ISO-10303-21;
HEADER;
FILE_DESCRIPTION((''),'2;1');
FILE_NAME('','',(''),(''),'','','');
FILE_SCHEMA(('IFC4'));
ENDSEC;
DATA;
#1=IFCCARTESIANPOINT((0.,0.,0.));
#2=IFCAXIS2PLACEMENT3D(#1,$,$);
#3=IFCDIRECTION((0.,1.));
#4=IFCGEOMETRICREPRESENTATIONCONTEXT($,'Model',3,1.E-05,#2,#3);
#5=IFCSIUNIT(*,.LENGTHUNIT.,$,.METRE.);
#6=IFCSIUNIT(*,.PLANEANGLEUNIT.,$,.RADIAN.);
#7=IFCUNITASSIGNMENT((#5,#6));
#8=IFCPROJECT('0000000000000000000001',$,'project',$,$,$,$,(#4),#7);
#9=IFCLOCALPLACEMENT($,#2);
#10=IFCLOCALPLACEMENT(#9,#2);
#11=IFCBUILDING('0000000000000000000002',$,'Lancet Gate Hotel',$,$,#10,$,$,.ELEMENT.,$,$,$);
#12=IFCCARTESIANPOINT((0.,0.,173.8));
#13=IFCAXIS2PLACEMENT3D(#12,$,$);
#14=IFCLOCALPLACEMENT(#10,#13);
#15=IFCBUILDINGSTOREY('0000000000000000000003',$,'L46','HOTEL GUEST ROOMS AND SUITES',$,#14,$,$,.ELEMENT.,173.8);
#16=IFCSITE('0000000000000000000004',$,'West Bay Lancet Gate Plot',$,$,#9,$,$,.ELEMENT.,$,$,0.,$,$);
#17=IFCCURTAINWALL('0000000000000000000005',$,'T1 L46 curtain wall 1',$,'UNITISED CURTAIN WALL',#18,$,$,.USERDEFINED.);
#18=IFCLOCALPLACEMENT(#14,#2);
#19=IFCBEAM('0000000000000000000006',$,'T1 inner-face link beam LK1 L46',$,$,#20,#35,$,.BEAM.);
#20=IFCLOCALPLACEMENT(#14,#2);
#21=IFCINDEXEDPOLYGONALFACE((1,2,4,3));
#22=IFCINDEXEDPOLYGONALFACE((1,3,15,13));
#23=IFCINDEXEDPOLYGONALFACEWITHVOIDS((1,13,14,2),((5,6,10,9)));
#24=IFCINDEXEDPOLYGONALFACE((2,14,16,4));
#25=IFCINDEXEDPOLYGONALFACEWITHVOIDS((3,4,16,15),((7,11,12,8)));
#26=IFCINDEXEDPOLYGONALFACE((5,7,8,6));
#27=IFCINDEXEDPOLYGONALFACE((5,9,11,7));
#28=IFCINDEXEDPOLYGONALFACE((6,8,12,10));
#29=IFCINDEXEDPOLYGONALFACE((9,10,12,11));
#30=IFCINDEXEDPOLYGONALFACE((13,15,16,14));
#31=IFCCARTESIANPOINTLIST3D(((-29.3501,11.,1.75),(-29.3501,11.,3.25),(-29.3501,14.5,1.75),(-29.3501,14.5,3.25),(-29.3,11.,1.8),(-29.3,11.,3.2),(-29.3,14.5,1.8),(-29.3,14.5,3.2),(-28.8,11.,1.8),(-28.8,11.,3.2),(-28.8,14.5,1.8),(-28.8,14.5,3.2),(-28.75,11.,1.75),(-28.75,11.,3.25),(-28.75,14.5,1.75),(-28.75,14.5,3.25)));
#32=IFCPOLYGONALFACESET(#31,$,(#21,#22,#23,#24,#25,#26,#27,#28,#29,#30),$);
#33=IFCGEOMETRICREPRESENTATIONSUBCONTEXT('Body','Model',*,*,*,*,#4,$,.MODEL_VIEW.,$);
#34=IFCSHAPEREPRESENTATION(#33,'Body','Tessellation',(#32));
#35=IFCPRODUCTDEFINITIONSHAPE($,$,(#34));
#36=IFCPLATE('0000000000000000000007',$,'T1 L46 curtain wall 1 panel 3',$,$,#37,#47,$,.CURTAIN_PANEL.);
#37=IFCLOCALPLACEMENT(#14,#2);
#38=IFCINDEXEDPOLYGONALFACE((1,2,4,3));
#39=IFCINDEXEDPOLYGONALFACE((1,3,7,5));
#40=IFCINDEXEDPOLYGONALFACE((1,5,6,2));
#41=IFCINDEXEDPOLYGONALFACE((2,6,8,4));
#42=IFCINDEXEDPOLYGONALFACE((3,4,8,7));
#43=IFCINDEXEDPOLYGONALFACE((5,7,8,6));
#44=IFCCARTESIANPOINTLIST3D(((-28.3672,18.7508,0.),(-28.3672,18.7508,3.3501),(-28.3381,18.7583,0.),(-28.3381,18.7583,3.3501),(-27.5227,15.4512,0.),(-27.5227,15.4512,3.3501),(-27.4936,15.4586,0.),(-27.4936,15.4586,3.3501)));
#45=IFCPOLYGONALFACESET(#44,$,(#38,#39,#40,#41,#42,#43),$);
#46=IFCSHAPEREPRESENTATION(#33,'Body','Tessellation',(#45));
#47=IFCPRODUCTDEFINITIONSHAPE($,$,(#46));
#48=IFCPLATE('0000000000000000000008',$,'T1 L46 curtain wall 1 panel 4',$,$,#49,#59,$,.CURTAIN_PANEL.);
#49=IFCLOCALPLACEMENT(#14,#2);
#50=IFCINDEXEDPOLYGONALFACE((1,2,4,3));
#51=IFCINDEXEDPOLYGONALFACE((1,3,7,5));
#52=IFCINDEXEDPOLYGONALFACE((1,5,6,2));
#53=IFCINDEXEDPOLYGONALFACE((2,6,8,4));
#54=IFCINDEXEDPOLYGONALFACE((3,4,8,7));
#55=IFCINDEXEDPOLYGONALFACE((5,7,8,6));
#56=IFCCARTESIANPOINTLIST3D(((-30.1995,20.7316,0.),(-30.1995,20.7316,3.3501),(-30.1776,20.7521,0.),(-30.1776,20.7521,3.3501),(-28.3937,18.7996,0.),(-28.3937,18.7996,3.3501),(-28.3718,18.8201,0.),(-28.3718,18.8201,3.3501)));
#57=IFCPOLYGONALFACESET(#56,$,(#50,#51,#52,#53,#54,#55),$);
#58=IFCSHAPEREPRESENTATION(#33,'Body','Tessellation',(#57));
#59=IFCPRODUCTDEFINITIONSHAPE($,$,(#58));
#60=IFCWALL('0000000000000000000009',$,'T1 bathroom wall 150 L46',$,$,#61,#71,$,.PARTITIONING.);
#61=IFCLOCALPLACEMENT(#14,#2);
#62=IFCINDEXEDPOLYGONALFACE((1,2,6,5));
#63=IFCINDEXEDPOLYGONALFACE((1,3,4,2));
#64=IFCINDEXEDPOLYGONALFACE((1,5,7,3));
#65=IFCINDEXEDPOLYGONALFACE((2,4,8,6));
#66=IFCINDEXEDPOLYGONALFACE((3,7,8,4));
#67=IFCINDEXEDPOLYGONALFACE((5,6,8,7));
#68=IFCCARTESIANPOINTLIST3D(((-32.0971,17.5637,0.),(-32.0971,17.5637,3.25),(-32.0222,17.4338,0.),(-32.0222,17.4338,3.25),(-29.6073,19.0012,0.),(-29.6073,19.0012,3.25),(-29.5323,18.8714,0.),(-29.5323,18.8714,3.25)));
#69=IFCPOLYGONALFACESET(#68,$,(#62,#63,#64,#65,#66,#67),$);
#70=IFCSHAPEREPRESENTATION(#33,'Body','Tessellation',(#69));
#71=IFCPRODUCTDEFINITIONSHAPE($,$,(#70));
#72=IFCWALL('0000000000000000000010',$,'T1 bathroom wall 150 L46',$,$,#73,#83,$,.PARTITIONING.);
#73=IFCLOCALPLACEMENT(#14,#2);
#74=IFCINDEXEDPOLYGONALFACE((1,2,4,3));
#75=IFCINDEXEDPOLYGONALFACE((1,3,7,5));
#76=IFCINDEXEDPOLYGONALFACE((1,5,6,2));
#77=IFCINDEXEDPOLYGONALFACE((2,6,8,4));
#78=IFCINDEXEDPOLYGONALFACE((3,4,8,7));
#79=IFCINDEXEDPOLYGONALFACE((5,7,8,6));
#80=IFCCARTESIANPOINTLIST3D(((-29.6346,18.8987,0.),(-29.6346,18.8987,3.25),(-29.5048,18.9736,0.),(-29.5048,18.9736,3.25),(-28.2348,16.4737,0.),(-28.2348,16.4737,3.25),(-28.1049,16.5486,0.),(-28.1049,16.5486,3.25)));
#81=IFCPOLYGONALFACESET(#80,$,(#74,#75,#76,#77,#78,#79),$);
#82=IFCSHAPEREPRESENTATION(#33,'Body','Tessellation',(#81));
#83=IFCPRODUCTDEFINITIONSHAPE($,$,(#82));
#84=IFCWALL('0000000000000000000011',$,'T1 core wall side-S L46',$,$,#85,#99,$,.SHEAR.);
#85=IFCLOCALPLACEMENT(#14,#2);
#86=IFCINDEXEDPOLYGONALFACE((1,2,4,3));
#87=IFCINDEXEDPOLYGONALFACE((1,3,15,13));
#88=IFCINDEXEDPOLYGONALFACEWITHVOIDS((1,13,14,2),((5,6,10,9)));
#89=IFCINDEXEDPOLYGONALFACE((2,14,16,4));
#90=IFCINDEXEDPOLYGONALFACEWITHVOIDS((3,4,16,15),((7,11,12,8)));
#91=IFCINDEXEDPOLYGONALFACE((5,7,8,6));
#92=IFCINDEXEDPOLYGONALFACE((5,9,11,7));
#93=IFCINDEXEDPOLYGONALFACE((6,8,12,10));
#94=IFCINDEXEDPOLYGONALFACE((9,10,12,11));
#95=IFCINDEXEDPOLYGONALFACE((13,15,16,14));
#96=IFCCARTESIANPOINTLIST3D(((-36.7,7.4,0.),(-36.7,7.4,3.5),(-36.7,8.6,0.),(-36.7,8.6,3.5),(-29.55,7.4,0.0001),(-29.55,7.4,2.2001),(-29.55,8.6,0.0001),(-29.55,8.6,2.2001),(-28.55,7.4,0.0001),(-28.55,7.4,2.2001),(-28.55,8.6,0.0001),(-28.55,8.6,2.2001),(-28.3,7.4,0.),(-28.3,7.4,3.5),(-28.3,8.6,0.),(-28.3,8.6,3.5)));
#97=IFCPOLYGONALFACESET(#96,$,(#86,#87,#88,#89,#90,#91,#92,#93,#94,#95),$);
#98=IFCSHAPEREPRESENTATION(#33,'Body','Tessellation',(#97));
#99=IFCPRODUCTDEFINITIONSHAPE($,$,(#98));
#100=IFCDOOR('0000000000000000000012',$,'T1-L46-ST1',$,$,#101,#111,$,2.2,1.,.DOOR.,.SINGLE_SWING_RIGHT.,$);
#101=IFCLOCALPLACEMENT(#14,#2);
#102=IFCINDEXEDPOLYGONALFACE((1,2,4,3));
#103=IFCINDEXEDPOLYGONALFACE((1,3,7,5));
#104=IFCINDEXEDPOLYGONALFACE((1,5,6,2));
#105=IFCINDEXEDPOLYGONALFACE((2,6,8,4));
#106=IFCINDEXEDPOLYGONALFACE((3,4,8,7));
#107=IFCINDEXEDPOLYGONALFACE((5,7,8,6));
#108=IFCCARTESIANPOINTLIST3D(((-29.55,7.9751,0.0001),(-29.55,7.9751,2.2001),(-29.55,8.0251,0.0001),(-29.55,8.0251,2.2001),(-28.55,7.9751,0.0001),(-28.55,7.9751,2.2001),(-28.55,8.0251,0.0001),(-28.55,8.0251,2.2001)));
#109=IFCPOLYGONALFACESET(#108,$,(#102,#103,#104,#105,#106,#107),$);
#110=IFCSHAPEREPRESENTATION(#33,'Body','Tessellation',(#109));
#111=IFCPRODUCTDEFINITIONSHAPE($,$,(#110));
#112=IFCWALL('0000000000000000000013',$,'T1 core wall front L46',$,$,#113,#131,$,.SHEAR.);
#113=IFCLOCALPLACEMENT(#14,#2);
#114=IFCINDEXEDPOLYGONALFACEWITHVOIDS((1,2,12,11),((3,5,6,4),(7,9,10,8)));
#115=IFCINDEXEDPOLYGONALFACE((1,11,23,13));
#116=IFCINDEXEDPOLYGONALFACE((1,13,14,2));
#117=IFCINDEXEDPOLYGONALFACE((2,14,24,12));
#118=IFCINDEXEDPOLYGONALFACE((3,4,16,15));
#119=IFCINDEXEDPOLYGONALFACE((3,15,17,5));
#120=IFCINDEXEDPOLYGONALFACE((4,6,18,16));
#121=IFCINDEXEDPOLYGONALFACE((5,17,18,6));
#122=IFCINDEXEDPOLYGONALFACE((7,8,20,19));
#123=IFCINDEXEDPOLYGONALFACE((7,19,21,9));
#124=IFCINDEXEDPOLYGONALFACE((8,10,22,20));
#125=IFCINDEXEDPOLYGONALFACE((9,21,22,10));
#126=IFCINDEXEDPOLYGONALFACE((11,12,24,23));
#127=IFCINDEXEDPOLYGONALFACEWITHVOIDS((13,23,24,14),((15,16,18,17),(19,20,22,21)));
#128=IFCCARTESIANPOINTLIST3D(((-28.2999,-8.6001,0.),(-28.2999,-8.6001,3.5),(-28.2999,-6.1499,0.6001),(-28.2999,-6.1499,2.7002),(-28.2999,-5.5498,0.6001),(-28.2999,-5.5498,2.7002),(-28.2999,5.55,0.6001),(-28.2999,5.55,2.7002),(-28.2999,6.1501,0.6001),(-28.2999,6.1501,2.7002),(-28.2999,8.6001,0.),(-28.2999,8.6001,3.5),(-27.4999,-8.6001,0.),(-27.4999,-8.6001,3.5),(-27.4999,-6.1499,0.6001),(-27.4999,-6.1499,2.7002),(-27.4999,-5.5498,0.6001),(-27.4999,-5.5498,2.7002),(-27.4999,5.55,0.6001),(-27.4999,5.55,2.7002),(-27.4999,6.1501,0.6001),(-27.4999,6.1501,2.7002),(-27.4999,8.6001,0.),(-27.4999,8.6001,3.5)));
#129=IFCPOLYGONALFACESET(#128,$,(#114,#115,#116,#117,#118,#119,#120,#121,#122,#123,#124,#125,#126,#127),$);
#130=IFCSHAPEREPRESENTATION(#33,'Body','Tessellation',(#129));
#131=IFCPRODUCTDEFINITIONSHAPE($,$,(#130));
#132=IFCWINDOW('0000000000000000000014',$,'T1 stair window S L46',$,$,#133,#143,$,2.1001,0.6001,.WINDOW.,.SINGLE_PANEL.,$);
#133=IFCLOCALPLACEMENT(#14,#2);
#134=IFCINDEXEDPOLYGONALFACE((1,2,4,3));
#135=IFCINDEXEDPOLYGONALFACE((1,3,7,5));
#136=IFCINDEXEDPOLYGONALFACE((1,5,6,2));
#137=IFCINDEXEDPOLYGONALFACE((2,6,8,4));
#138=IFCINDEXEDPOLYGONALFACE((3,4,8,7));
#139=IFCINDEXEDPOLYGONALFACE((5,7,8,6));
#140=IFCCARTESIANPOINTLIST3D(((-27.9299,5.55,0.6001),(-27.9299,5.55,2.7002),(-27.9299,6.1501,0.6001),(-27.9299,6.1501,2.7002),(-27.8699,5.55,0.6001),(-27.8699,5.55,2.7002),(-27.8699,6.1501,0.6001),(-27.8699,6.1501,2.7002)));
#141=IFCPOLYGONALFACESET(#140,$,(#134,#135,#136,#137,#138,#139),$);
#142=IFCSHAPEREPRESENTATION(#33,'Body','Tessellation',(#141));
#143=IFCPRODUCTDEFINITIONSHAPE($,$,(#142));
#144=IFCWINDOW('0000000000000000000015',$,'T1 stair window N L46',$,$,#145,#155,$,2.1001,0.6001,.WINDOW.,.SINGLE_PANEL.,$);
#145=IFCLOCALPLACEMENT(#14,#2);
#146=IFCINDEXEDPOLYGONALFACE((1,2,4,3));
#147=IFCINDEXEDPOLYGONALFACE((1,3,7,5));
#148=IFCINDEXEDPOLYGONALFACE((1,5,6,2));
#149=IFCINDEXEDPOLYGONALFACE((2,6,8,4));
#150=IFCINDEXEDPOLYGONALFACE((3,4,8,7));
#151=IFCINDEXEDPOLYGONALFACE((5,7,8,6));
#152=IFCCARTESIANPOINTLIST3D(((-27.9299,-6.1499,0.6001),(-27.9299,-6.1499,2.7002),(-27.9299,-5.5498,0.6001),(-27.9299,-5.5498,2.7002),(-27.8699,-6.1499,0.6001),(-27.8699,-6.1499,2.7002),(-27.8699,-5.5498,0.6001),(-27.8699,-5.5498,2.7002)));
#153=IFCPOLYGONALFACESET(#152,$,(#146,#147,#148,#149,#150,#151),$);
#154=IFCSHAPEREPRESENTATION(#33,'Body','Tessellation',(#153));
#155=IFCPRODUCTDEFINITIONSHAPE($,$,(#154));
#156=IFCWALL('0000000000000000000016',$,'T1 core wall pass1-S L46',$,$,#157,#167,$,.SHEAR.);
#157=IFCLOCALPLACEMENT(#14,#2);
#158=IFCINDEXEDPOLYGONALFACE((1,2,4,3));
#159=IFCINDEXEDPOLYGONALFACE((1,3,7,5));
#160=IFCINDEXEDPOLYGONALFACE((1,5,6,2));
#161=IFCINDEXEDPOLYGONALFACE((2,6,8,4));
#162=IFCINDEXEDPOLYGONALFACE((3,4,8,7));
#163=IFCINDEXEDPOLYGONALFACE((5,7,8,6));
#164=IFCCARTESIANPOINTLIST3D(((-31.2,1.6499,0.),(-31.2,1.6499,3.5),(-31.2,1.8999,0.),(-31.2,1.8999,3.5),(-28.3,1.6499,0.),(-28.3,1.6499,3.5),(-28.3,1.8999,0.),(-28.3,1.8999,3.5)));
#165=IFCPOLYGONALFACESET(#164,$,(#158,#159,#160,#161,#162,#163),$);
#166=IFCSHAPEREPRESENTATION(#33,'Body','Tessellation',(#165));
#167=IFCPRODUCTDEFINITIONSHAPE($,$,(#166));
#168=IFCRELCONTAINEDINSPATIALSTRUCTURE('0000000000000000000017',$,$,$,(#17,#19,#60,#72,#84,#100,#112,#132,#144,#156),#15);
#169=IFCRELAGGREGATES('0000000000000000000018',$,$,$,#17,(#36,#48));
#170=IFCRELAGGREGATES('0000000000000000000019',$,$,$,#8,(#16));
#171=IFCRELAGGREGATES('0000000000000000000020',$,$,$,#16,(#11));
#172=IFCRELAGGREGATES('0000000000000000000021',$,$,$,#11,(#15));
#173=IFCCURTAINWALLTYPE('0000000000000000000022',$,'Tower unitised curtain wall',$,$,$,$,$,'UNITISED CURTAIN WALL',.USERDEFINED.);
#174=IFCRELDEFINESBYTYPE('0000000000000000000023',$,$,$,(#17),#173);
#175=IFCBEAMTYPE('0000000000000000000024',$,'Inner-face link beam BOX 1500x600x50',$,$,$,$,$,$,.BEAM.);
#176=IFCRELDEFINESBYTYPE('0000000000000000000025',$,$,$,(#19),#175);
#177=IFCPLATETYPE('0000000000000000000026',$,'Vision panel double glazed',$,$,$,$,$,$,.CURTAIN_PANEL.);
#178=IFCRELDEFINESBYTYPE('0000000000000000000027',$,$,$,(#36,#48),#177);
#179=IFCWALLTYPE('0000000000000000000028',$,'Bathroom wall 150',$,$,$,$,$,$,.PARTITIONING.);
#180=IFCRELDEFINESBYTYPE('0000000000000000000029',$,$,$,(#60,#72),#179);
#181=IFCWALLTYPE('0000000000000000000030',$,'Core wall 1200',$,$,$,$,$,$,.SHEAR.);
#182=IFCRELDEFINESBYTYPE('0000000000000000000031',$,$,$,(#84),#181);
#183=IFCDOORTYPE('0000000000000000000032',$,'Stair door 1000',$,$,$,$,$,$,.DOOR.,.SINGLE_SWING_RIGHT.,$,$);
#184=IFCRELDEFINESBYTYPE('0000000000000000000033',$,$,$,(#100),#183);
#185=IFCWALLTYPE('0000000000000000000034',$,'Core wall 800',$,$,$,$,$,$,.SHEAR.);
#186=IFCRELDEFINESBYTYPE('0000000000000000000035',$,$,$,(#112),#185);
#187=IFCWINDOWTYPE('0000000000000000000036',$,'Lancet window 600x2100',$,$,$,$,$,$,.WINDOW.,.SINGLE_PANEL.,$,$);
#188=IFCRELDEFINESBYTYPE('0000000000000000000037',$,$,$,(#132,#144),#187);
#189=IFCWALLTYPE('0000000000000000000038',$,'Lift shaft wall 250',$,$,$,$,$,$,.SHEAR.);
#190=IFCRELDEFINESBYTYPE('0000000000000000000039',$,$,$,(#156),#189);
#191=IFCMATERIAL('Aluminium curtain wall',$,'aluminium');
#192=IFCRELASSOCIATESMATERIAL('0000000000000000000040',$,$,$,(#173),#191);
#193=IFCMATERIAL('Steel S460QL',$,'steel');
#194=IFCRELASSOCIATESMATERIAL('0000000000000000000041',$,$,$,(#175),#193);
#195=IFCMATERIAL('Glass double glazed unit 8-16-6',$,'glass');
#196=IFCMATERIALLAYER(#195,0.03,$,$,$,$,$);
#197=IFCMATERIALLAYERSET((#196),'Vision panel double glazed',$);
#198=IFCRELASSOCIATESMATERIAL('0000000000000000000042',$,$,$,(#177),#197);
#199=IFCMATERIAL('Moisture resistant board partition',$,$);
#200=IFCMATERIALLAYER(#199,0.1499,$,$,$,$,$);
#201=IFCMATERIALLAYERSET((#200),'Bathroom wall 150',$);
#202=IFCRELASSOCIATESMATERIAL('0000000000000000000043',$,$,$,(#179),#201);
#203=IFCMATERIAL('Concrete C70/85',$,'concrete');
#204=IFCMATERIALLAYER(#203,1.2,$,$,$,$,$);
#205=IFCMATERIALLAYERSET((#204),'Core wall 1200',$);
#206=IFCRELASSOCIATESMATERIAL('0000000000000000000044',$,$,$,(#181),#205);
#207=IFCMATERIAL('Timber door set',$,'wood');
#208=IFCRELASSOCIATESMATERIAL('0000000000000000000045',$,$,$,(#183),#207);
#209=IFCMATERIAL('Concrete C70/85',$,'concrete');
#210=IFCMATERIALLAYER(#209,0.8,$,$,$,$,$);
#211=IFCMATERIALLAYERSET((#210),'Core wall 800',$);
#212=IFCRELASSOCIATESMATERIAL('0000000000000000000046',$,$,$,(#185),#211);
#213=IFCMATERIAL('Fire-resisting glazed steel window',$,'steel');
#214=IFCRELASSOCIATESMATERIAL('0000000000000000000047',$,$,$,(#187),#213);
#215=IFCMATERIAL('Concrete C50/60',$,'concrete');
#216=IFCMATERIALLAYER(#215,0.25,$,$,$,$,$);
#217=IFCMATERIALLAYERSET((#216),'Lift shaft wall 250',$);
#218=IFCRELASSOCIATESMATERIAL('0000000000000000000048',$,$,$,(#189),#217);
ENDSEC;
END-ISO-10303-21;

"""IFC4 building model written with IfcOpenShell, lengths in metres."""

from ifc_helpers import new_model, si_unit, direction, frame, frame_2d, origin, origin_2d, place, context, subcontext, project, spatial, rectangle, hollow_rectangle, extrude, material, layer, layer_set, material_profile, profile_set, type_object, element, fill, aggregate, save


model = new_model("IFC4")

# Units and contexts
model_context = context("Model", 3, precision=1e-05, world=origin(), true_north=direction((0.0, 1.0)))
body_context = subcontext(model_context, "Body", "Model", "MODEL_VIEW")
ifc_project = project(units=[si_unit("LENGTHUNIT", "METRE"), si_unit("PLANEANGLEUNIT", "RADIAN")], contexts=[model_context])

# Site, building, storey
site_placement = place(None, origin())
site = spatial("IfcSite", under=ifc_project, at=site_placement, Name="West Bay Lancet Gate Plot", CompositionType="ELEMENT", RefElevation=0.0)
building_placement = place(site_placement, origin())
building = spatial("IfcBuilding", under=site, at=building_placement, Name="Lancet Gate Hotel", CompositionType="ELEMENT")
storey_placement = place(building_placement, frame((0.0, 0.0, 173.8)))
storey = spatial("IfcBuildingStorey", under=building, at=storey_placement, Name="L46", Description="HOTEL GUEST ROOMS AND SUITES", CompositionType="ELEMENT", Elevation=173.8)

# Curtain wall
ifc_material_1 = material(Name="Aluminium curtain wall", Category="aluminium")
curtain_wall_type = type_object("IfcCurtainWallType", Name="Tower unitised curtain wall", ElementType="UNITISED CURTAIN WALL", PredefinedType="USERDEFINED", material=ifc_material_1)
curtain_wall_placement = place(storey_placement, origin())
curtain_wall = element("IfcCurtainWall", 1, at=curtain_wall_placement, inside=storey, type_object=curtain_wall_type, Name="T1 L46 curtain wall 1", ObjectType="UNITISED CURTAIN WALL", PredefinedType="USERDEFINED")

# Beam
ifc_material_2 = material(Name="Steel S460QL", Category="steel")
ifc_material_profile_1 = material_profile(ifc_material_2, hollow_rectangle(XDim=0.6001, YDim=1.5, WallThickness=0.05, at=origin_2d()), Name="BOX 1500x600x50")
ifc_profile_set_1 = profile_set([ifc_material_profile_1], Name="Steel S460QL")
beam_type_1 = type_object("IfcBeamType", Name="Inner-face link beam BOX 1500x600x50", PredefinedType="BEAM", material=ifc_profile_set_1)
beam_1_placement = place(storey_placement, frame((-29.05, 14.5, 2.5), z_axis=(0.0, -1.0, 0.0), x_axis=(1.0, 0.0, 0.0)))
element("IfcBeam", 2, at=beam_1_placement, inside=storey, type_object=beam_type_1, Name="T1 inner-face link beam LK1 L46", PredefinedType="BEAM", context=body_context, shape_type="SweptSolid", body=[
    extrude(hollow_rectangle(XDim=0.6001, YDim=1.5, WallThickness=0.05, at=origin_2d()), origin(), (0.0, 0.0, 1.0), 3.5),
])

# Plates
ifc_material_3 = material(Name="Glass double glazed unit 8-16-6", Category="glass")
ifc_layer_1 = layer(ifc_material_3, 0.03)
ifc_layer_set_1 = layer_set([ifc_layer_1], Name="Vision panel double glazed")
plate_type = type_object("IfcPlateType", Name="Vision panel double glazed", PredefinedType="CURTAIN_PANEL", material=ifc_layer_set_1)
plate_1_placement = place(storey_placement, frame((-27.9304, 17.1047, 0.0), z_axis=(0.0, 0.0, 1.0), x_axis=(-0.247937, 0.968776, 0.0)))
plate_1 = element("IfcPlate", 3, at=plate_1_placement, type_object=plate_type, Name="T1 L46 curtain wall 1 panel 3", PredefinedType="CURTAIN_PANEL", context=body_context, shape_type="SweptSolid", body=[
    extrude(rectangle(XDim=3.406, YDim=0.03, at=origin_2d()), origin(), (0.0, 0.0, 1.0), 3.3501),
])
plate_2_placement = place(storey_placement, frame((-29.2856, 19.7759, 0.0), z_axis=(0.0, 0.0, 1.0), x_axis=(-0.682845, 0.730563, 0.0)))
plate_2 = element("IfcPlate", 4, at=plate_2_placement, type_object=plate_type, Name="T1 L46 curtain wall 1 panel 4", PredefinedType="CURTAIN_PANEL", context=body_context, shape_type="SweptSolid", body=[
    extrude(rectangle(XDim=2.6445, YDim=0.03, at=origin_2d()), origin(), (0.0, 0.0, 1.0), 3.3501),
])
aggregate(curtain_wall, [plate_1, plate_2])

# Walls
ifc_material_4 = material(Name="Moisture resistant board partition")
ifc_layer_2 = layer(ifc_material_4, 0.1499)
ifc_layer_set_2 = layer_set([ifc_layer_2], Name="Bathroom wall 150")
wall_type_1 = type_object("IfcWallType", Name="Bathroom wall 150", PredefinedType="PARTITIONING", material=ifc_layer_set_2)
wall_1_placement = place(storey_placement, frame((-29.5698, 18.9363, 0.0), z_axis=(0.0, 0.0, 1.0), x_axis=(-0.866019, -0.500012, 0.0)))
element("IfcWall", 5, at=wall_1_placement, inside=storey, type_object=wall_type_1, Name="T1 bathroom wall 150 L46", PredefinedType="PARTITIONING", context=body_context, shape_type="SweptSolid", body=[
    extrude(rectangle(XDim=2.875, YDim=0.1499, at=frame_2d((1.4375, 0.0))), origin(), (0.0, 0.0, 1.0), 3.25),
])
wall_2_placement = place(storey_placement, frame((-28.1699, 16.5112, 0.0), z_axis=(0.0, 0.0, 1.0), x_axis=(-0.499946, 0.866056, 0.0)))
element("IfcWall", 6, at=wall_2_placement, inside=storey, type_object=wall_type_1, Name="T1 bathroom wall 150 L46", PredefinedType="PARTITIONING", context=body_context, shape_type="SweptSolid", body=[
    extrude(rectangle(XDim=2.8, YDim=0.1499, at=frame_2d((1.3999, 0.0))), origin(), (0.0, 0.0, 1.0), 3.25),
])

# Wall, opening, door
ifc_material_5 = material(Name="Concrete C70/85", Category="concrete")
ifc_layer_3 = layer(ifc_material_5, 1.2)
ifc_layer_set_3 = layer_set([ifc_layer_3], Name="Core wall 1200")
wall_type_2 = type_object("IfcWallType", Name="Core wall 1200", PredefinedType="SHEAR", material=ifc_layer_set_3)
wall_3_placement = place(storey_placement, frame((-28.3, 8.0, 0.0), z_axis=(0.0, 0.0, 1.0), x_axis=(-1.0, 0.0, 0.0)))
wall_3 = element("IfcWall", 7, at=wall_3_placement, inside=storey, type_object=wall_type_2, Name="T1 core wall side-S L46", PredefinedType="SHEAR", context=body_context, shape_type="SweptSolid", body=[
    extrude(rectangle(XDim=8.3999, YDim=1.2, at=frame_2d((4.2, 0.0))), origin(), (0.0, 0.0, 1.0), 3.5),
])
opening_1_placement = place(wall_3_placement, frame((0.25, 0.0, 0.0)))
opening_1 = element("IfcOpeningElement", 8, at=opening_1_placement, cuts=wall_3, PredefinedType="OPENING", context=body_context, shape_type="SweptSolid", body=[
    extrude(rectangle(XDim=1.0, YDim=2.2, at=frame_2d((0.5, 1.1001))), frame((0.0, 0.6099, 0.0), z_axis=(0.0, -1.0, 0.0), x_axis=(1.0, 0.0, 0.0)), (0.0, 0.0, 1.0), 1.22),
])
ifc_material_6 = material(Name="Timber door set", Category="wood")
door_type = type_object("IfcDoorType", Name="Stair door 1000", OperationType="SINGLE_SWING_RIGHT", PredefinedType="DOOR", material=ifc_material_6)
door_placement = place(opening_1_placement, origin())
door = element("IfcDoor", 9, at=door_placement, inside=storey, type_object=door_type, Name="T1-L46-ST1", OperationType="SINGLE_SWING_RIGHT", OverallHeight=2.2, OverallWidth=1.0, PredefinedType="DOOR", context=body_context, shape_type="SweptSolid", body=[
    extrude(rectangle(XDim=1.0, YDim=2.2, at=frame_2d((0.5, 1.1001))), frame((0.0, 0.0249, 0.0), z_axis=(0.0, -1.0, 0.0), x_axis=(1.0, 0.0, 0.0)), (0.0, 0.0, 1.0), 0.05),
])
fill(opening_1, door)

# Wall, openings, windows
ifc_material_7 = material(Name="Concrete C70/85", Category="concrete")
ifc_layer_4 = layer(ifc_material_7, 0.8)
ifc_layer_set_4 = layer_set([ifc_layer_4], Name="Core wall 800")
wall_type_3 = type_object("IfcWallType", Name="Core wall 800", PredefinedType="SHEAR", material=ifc_layer_set_4)
wall_4_placement = place(storey_placement, frame((-27.8999, 8.6001, 0.0), z_axis=(0.0, 0.0, 1.0), x_axis=(0.0, -1.0, 0.0)))
wall_4 = element("IfcWall", 10, at=wall_4_placement, inside=storey, type_object=wall_type_3, Name="T1 core wall front L46", PredefinedType="SHEAR", context=body_context, shape_type="SweptSolid", body=[
    extrude(rectangle(XDim=17.2002, YDim=0.8, at=frame_2d((8.6001, 0.0))), origin(), (0.0, 0.0, 1.0), 3.5),
])
opening_2_placement = place(wall_4_placement, frame((2.45, 0.0, 0.6001)))
opening_2 = element("IfcOpeningElement", 11, at=opening_2_placement, cuts=wall_4, PredefinedType="OPENING", context=body_context, shape_type="SweptSolid", body=[
    extrude(rectangle(XDim=0.6001, YDim=2.1001, at=frame_2d((0.3, 1.05))), frame((0.0, 0.4099, 0.0), z_axis=(0.0, -1.0, 0.0), x_axis=(1.0, 0.0, 0.0)), (0.0, 0.0, 1.0), 0.8201),
])
opening_3_placement = place(wall_4_placement, frame((14.1499, 0.0, 0.6001)))
opening_3 = element("IfcOpeningElement", 12, at=opening_3_placement, cuts=wall_4, PredefinedType="OPENING", context=body_context, shape_type="SweptSolid", body=[
    extrude(rectangle(XDim=0.6001, YDim=2.1001, at=frame_2d((0.3, 1.05))), frame((0.0, 0.4099, 0.0), z_axis=(0.0, -1.0, 0.0), x_axis=(1.0, 0.0, 0.0)), (0.0, 0.0, 1.0), 0.8201),
])
ifc_material_8 = material(Name="Fire-resisting glazed steel window", Category="steel")
window_type = type_object("IfcWindowType", Name="Lancet window 600x2100", PartitioningType="SINGLE_PANEL", PredefinedType="WINDOW", material=ifc_material_8)
window_1_placement = place(opening_2_placement, origin())
window_1 = element("IfcWindow", 13, at=window_1_placement, inside=storey, type_object=window_type, Name="T1 stair window S L46", OverallHeight=2.1001, OverallWidth=0.6001, PartitioningType="SINGLE_PANEL", PredefinedType="WINDOW", context=body_context, shape_type="SweptSolid", body=[
    extrude(rectangle(XDim=0.6001, YDim=2.1001, at=frame_2d((0.3, 1.05))), frame((0.0, 0.03, 0.0), z_axis=(0.0, -1.0, 0.0), x_axis=(1.0, 0.0, 0.0)), (0.0, 0.0, 1.0), 0.0601),
])
fill(opening_2, window_1)
window_2_placement = place(opening_3_placement, origin())
window_2 = element("IfcWindow", 14, at=window_2_placement, inside=storey, type_object=window_type, Name="T1 stair window N L46", OverallHeight=2.1001, OverallWidth=0.6001, PartitioningType="SINGLE_PANEL", PredefinedType="WINDOW", context=body_context, shape_type="SweptSolid", body=[
    extrude(rectangle(XDim=0.6001, YDim=2.1001, at=frame_2d((0.3, 1.05))), frame((0.0, 0.03, 0.0), z_axis=(0.0, -1.0, 0.0), x_axis=(1.0, 0.0, 0.0)), (0.0, 0.0, 1.0), 0.0601),
])
fill(opening_3, window_2)

# Wall
ifc_material_9 = material(Name="Concrete C50/60", Category="concrete")
ifc_layer_5 = layer(ifc_material_9, 0.25)
ifc_layer_set_5 = layer_set([ifc_layer_5], Name="Lift shaft wall 250")
wall_type_4 = type_object("IfcWallType", Name="Lift shaft wall 250", PredefinedType="SHEAR", material=ifc_layer_set_5)
wall_5_placement = place(storey_placement, frame((-28.3, 1.7749, 0.0), z_axis=(0.0, 0.0, 1.0), x_axis=(-1.0, 0.0, 0.0)))
element("IfcWall", 15, at=wall_5_placement, inside=storey, type_object=wall_type_4, Name="T1 core wall pass1-S L46", PredefinedType="SHEAR", context=body_context, shape_type="SweptSolid", body=[
    extrude(rectangle(XDim=2.8999, YDim=0.25, at=frame_2d((1.45, 0.0))), origin(), (0.0, 0.0, 1.0), 3.5),
])

save(model, "model.ifc")
